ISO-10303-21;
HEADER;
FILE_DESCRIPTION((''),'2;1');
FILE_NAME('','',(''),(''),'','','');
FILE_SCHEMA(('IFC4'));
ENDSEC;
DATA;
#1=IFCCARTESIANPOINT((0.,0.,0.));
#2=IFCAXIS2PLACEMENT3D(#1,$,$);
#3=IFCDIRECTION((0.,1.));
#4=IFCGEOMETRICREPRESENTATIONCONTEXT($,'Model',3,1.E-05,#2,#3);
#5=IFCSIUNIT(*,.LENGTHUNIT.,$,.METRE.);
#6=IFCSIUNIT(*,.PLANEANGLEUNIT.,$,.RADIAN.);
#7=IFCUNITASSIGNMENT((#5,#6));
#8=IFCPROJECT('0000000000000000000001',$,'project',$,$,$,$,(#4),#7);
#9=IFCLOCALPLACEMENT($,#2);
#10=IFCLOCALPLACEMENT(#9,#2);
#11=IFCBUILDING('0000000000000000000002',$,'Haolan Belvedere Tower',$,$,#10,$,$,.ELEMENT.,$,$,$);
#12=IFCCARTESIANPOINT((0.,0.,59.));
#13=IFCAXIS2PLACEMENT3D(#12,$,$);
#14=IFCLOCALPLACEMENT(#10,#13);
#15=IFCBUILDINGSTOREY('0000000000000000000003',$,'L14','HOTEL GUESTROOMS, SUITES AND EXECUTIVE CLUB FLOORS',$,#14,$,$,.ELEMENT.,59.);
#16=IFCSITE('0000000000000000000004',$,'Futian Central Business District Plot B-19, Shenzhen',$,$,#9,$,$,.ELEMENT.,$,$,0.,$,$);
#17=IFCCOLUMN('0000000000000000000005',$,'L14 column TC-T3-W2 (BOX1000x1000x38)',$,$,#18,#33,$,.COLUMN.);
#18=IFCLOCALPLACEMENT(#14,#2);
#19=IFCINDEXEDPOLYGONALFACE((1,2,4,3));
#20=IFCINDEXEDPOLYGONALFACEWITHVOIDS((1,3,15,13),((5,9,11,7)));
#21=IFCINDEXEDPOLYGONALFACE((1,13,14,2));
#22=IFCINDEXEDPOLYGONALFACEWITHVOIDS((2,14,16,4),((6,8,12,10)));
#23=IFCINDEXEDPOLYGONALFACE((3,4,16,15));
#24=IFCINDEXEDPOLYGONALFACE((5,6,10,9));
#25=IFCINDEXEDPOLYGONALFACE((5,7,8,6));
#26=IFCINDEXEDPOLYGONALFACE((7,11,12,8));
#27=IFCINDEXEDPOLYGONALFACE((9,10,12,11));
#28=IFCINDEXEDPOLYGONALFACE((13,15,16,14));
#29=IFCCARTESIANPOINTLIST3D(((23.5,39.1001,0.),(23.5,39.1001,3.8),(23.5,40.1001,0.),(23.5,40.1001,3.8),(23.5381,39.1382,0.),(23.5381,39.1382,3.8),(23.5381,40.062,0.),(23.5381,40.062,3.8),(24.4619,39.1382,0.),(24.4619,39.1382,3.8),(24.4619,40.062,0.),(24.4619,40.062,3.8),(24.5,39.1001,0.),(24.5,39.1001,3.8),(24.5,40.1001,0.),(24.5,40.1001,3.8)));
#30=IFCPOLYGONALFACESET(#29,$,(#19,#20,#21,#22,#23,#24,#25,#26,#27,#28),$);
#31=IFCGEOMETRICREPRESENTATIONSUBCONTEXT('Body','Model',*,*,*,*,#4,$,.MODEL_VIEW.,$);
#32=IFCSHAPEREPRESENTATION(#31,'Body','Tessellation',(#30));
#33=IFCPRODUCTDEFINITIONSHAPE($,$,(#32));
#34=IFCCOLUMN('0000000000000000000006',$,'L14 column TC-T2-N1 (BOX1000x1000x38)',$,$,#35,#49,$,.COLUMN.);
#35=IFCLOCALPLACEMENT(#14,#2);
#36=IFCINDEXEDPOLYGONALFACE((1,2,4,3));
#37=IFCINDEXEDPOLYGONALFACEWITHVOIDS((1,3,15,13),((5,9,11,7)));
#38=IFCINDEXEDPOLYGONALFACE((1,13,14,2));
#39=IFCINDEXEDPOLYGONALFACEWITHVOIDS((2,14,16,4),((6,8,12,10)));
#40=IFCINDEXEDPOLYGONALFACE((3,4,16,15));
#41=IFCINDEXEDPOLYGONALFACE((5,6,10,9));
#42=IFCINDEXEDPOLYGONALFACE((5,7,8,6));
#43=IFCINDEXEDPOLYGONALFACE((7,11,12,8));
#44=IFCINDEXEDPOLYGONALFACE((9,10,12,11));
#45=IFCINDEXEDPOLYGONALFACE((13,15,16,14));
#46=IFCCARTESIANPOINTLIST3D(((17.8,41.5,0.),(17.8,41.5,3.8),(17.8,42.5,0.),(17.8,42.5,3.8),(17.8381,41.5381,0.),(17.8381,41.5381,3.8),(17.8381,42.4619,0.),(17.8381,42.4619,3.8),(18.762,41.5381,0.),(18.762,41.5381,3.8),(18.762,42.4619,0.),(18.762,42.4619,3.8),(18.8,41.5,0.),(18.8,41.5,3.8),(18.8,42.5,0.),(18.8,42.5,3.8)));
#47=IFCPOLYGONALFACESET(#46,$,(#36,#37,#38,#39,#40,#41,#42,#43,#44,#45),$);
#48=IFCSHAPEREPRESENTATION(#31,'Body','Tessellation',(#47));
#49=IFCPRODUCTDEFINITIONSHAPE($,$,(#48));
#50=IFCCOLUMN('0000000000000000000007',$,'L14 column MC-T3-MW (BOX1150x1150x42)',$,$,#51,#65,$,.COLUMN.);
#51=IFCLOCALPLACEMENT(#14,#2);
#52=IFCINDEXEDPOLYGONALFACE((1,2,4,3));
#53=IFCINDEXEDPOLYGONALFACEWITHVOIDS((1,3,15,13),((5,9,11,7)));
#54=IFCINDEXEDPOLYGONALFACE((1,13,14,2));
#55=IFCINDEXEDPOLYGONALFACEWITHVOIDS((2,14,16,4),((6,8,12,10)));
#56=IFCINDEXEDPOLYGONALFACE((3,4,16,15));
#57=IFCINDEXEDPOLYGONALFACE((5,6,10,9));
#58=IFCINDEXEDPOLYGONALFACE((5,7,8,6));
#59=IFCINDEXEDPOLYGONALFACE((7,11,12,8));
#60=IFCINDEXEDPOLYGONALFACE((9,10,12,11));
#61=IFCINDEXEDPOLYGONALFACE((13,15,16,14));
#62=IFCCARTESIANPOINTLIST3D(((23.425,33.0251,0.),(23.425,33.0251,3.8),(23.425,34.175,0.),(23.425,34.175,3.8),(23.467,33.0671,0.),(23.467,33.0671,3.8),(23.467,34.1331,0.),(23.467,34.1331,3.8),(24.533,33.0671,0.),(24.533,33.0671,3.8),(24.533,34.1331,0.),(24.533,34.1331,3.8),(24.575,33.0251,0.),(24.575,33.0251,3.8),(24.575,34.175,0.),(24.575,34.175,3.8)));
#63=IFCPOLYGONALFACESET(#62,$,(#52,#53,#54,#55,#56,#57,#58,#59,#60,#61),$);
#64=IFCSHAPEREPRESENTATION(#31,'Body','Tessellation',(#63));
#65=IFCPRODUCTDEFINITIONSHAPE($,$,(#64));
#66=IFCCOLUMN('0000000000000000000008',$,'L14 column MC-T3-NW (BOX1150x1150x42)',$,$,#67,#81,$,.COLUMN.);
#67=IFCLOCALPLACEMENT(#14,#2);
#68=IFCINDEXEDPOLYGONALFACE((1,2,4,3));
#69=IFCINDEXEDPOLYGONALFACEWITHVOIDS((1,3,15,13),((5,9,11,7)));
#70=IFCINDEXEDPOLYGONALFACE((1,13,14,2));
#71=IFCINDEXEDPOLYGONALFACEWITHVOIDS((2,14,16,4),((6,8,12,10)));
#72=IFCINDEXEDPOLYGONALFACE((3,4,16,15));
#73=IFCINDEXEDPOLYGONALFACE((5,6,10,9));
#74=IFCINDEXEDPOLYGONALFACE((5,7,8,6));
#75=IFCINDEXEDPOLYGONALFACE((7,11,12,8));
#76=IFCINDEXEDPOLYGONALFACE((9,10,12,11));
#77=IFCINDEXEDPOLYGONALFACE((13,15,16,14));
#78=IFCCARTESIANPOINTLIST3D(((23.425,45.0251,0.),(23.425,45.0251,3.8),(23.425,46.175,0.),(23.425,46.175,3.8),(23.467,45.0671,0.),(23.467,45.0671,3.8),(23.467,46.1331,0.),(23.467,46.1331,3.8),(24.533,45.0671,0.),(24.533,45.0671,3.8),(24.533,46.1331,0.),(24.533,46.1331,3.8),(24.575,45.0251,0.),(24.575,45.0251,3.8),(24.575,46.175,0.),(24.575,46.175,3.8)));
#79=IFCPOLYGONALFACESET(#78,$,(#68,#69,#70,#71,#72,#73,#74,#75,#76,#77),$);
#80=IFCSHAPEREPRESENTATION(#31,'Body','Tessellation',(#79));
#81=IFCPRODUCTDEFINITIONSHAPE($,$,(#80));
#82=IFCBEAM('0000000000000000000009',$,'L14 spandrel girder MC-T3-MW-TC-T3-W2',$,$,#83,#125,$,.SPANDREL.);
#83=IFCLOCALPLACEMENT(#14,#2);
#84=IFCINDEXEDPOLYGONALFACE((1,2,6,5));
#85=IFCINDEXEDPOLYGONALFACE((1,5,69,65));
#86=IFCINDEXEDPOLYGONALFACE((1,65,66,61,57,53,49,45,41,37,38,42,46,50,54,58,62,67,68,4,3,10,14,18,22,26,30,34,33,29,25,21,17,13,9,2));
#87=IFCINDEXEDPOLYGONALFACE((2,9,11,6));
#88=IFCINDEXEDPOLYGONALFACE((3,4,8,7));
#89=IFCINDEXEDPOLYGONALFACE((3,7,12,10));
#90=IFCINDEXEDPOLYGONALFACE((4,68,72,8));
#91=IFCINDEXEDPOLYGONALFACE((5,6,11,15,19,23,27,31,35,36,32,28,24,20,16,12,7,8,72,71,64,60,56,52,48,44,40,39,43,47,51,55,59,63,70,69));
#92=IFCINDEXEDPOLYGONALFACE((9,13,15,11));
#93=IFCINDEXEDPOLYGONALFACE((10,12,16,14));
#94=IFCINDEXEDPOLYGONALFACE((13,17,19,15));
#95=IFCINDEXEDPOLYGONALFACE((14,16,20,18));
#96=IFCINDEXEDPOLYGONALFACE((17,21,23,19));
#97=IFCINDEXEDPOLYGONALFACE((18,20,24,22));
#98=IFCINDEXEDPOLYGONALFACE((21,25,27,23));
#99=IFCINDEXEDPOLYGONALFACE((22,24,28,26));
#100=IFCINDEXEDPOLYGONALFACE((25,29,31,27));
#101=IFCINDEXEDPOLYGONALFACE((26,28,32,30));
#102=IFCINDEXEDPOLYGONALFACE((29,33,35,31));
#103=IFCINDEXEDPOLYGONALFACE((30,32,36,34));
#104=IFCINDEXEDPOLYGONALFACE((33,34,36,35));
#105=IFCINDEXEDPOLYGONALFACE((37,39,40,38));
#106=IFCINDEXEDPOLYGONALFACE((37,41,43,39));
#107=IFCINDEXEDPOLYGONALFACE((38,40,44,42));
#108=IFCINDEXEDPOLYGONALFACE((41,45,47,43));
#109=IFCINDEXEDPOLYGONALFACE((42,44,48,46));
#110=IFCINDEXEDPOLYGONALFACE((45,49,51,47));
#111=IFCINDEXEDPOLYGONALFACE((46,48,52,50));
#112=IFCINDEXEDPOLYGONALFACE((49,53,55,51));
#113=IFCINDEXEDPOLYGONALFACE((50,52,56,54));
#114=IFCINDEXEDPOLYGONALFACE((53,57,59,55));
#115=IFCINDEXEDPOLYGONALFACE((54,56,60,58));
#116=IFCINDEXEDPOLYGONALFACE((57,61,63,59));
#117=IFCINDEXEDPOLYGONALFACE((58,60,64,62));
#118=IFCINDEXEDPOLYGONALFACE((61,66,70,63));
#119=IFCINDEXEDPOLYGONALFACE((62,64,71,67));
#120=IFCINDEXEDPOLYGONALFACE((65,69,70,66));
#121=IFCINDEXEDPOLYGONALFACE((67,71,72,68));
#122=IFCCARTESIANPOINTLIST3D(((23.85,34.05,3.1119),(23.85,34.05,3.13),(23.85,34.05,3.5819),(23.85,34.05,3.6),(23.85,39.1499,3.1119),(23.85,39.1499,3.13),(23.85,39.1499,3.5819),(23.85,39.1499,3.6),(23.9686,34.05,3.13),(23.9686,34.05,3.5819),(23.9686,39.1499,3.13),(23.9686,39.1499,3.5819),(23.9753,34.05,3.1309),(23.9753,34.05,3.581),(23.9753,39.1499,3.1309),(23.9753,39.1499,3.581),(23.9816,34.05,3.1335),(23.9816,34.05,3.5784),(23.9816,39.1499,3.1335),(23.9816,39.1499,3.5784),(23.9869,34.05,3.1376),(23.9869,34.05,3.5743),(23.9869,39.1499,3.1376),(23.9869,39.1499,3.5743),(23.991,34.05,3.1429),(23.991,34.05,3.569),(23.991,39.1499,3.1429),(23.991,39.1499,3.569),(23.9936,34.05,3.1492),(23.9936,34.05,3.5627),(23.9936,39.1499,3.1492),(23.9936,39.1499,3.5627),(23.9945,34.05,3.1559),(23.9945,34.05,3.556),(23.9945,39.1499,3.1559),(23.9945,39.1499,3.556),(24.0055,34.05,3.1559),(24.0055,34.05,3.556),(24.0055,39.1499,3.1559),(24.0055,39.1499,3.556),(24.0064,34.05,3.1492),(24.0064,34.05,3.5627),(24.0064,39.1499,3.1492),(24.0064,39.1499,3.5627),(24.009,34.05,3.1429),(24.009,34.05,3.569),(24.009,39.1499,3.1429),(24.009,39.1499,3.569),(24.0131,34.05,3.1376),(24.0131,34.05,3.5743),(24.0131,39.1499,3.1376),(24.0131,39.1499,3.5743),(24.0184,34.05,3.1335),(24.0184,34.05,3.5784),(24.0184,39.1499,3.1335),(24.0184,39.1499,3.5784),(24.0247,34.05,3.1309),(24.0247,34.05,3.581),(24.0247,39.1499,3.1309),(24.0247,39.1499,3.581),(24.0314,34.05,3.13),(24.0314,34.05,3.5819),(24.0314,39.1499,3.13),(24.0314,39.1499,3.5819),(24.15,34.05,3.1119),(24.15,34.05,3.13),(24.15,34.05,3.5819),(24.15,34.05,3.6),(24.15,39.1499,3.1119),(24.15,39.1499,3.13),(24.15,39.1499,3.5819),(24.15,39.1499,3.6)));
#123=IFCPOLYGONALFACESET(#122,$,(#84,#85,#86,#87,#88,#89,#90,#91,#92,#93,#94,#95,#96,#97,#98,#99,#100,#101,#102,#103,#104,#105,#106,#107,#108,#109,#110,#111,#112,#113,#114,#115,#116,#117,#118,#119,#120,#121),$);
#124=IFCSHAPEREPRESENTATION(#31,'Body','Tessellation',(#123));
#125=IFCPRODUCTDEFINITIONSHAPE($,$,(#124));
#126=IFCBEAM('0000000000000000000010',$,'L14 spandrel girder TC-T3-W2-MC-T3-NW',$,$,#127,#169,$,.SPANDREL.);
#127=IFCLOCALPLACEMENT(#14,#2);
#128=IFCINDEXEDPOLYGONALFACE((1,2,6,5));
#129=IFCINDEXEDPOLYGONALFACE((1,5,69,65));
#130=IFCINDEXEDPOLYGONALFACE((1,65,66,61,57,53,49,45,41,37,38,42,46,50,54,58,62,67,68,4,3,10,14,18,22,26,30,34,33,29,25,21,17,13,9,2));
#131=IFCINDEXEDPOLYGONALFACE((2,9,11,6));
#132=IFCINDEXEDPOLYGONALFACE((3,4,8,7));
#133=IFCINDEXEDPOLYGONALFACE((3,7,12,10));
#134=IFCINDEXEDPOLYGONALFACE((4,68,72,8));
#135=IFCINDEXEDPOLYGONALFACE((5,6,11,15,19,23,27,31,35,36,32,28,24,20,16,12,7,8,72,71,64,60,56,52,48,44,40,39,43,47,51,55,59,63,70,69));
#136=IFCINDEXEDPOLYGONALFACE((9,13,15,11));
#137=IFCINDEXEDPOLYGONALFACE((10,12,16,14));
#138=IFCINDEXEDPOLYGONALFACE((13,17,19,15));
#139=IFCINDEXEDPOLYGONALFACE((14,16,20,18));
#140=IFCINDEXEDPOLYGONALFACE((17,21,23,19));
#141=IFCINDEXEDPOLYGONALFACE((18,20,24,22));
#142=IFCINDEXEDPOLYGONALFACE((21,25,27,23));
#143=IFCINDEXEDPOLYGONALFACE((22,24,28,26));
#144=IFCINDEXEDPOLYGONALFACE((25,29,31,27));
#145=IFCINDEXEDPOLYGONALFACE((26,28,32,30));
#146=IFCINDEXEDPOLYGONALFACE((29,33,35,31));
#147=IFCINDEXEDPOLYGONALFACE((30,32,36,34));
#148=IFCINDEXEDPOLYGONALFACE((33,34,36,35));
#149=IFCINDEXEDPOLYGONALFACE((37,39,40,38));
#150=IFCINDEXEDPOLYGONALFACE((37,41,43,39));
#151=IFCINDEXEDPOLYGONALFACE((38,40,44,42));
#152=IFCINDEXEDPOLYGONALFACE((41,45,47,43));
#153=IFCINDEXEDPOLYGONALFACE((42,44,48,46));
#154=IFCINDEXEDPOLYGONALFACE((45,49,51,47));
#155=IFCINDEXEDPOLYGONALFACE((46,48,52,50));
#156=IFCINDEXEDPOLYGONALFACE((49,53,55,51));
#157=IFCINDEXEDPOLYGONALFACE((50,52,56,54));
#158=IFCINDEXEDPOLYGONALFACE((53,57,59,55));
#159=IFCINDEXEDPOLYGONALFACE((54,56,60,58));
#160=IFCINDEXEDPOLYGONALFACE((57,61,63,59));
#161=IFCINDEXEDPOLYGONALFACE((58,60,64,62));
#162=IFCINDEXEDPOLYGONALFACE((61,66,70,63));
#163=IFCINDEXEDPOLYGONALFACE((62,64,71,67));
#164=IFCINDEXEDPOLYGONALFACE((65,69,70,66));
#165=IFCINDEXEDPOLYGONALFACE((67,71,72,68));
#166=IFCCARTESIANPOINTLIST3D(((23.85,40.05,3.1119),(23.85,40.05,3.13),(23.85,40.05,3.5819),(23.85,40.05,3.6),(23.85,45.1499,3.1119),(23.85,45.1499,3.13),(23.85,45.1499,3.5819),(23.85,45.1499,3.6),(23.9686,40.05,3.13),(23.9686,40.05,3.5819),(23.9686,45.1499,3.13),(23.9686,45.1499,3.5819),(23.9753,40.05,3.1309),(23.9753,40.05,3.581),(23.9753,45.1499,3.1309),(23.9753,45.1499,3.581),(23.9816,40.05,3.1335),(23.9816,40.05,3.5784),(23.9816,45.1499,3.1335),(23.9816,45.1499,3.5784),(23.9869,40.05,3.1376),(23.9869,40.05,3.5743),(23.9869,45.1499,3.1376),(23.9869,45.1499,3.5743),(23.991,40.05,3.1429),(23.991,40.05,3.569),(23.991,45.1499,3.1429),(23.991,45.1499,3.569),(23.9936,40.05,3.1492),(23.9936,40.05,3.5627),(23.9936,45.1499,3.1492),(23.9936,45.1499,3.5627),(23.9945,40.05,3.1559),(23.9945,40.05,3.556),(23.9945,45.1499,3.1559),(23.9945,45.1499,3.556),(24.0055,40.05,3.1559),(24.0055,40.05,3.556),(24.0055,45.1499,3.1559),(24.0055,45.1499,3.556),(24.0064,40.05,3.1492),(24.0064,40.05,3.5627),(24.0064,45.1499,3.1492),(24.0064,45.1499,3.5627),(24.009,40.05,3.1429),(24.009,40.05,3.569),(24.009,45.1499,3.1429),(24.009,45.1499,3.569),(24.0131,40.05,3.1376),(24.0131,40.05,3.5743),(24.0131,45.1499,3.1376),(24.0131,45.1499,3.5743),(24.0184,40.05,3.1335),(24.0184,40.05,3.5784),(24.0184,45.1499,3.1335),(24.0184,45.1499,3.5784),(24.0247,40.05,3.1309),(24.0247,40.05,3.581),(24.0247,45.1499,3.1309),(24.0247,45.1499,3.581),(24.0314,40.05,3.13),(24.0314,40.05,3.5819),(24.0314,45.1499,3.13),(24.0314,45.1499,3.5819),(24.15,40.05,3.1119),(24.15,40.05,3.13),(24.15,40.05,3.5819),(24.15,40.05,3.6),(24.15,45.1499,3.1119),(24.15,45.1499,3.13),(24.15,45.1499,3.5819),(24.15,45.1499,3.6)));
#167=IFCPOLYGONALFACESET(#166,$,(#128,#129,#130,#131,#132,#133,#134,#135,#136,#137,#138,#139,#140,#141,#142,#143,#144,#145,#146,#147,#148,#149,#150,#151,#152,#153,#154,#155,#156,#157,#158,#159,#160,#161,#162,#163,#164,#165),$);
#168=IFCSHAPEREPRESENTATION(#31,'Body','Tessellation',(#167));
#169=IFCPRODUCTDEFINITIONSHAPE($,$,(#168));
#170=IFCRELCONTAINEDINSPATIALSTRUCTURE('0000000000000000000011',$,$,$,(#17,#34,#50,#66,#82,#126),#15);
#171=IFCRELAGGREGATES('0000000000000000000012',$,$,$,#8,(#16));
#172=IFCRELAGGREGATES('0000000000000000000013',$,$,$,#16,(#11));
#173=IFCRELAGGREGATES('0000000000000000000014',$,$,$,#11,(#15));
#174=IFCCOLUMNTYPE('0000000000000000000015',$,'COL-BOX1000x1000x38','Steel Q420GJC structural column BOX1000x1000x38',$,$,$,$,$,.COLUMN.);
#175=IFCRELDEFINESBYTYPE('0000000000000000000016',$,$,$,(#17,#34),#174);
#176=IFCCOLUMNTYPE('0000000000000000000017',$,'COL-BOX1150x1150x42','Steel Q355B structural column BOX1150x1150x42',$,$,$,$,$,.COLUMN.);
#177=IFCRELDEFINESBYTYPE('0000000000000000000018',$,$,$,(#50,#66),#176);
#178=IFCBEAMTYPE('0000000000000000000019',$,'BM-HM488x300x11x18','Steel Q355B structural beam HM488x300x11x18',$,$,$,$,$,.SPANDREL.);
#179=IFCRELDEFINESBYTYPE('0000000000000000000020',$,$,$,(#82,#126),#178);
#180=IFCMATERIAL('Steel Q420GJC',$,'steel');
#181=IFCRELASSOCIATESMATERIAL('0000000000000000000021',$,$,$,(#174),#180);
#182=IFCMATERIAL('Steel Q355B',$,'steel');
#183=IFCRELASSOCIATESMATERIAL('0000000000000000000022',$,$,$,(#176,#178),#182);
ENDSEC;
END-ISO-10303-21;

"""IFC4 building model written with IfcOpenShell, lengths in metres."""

from ifc_helpers import new_model, si_unit, direction, frame, origin, origin_2d, place, context, subcontext, project, spatial, hollow_rectangle, i_section, extrude, material, material_profile, profile_set, type_object, element, save


model = new_model("IFC4")

# Units and contexts
model_context = context("Model", 3, precision=1e-05, world=origin(), true_north=direction((0.0, 1.0)))
body_context = subcontext(model_context, "Body", "Model", "MODEL_VIEW")
ifc_project = project(units=[si_unit("LENGTHUNIT", "METRE"), si_unit("PLANEANGLEUNIT", "RADIAN")], contexts=[model_context])

# Site, building, storey
site_placement = place(None, origin())
site = spatial("IfcSite", under=ifc_project, at=site_placement, Name="Futian Central Business District Plot B-19, Shenzhen", CompositionType="ELEMENT", RefElevation=0.0)
building_placement = place(site_placement, origin())
building = spatial("IfcBuilding", under=site, at=building_placement, Name="Haolan Belvedere Tower", CompositionType="ELEMENT")
storey_placement = place(building_placement, frame((0.0, 0.0, 59.0)))
storey = spatial("IfcBuildingStorey", under=building, at=storey_placement, Name="L14", Description="HOTEL GUESTROOMS, SUITES AND EXECUTIVE CLUB FLOORS", CompositionType="ELEMENT", Elevation=59.0)

# Columns
ifc_material_1 = material(Name="Steel Q420GJC", Category="steel")
ifc_material_profile_1 = material_profile(ifc_material_1, hollow_rectangle(XDim=1.0, YDim=1.0, WallThickness=0.0381, at=origin_2d()), Name="Steel Q420GJC")
ifc_profile_set_1 = profile_set([ifc_material_profile_1], Name="Steel Q420GJC")
column_type_1 = type_object("IfcColumnType", Name="COL-BOX1000x1000x38", Description="Steel Q420GJC structural column BOX1000x1000x38", PredefinedType="COLUMN", material=ifc_profile_set_1)
for number, where, z_axis, x_axis, name in (
    (1, (24.0, 39.6001, 0.0), (0.0, 0.0, 1.0), (1.0, 0.0, 0.0), "L14 column TC-T3-W2 (BOX1000x1000x38)"),
    (2, (18.3, 42.0, 0.0), (0.0, 0.0, 1.0), (1.0, 0.0, 0.0), "L14 column TC-T2-N1 (BOX1000x1000x38)"),
):
    element("IfcColumn", number, at=place(storey_placement, frame(where, z_axis=z_axis, x_axis=x_axis)), inside=storey, type_object=column_type_1, Name=name, PredefinedType="COLUMN", context=body_context, shape_type="SweptSolid", body=[
        extrude(hollow_rectangle(XDim=1.0, YDim=1.0, WallThickness=0.0381, at=origin_2d()), origin(), (0.0, 0.0, 1.0), 3.8),
    ])
ifc_material_2 = material(Name="Steel Q355B", Category="steel")
ifc_material_profile_2 = material_profile(ifc_material_2, hollow_rectangle(XDim=1.1499, YDim=1.1499, WallThickness=0.042, at=origin_2d()), Name="Steel Q355B")
ifc_profile_set_2 = profile_set([ifc_material_profile_2], Name="Steel Q355B")
column_type_2 = type_object("IfcColumnType", Name="COL-BOX1150x1150x42", Description="Steel Q355B structural column BOX1150x1150x42", PredefinedType="COLUMN", material=ifc_profile_set_2)
for number, where, z_axis, x_axis, name in (
    (3, (24.0, 33.6001, 0.0), (0.0, 0.0, 1.0), (1.0, 0.0, 0.0), "L14 column MC-T3-MW (BOX1150x1150x42)"),
    (4, (24.0, 45.6001, 0.0), (0.0, 0.0, 1.0), (1.0, 0.0, 0.0), "L14 column MC-T3-NW (BOX1150x1150x42)"),
):
    element("IfcColumn", number, at=place(storey_placement, frame(where, z_axis=z_axis, x_axis=x_axis)), inside=storey, type_object=column_type_2, Name=name, PredefinedType="COLUMN", context=body_context, shape_type="SweptSolid", body=[
        extrude(hollow_rectangle(XDim=1.1499, YDim=1.1499, WallThickness=0.042, at=origin_2d()), origin(), (0.0, 0.0, 1.0), 3.8),
    ])

# Beams
ifc_material_profile_3 = material_profile(ifc_material_2, i_section(OverallWidth=0.3, OverallDepth=0.488, WebThickness=0.011, FlangeThickness=0.0181, FilletRadius=0.0259, at=origin_2d()), Name="Steel Q355B")
ifc_profile_set_3 = profile_set([ifc_material_profile_3], Name="Steel Q355B")
beam_type_1 = type_object("IfcBeamType", Name="BM-HM488x300x11x18", Description="Steel Q355B structural beam HM488x300x11x18", PredefinedType="SPANDREL", material=ifc_profile_set_3)
for number, where, z_axis, x_axis, name in (
    (5, (24.0, 34.05, 3.356), (0.0, 1.0, 0.0), (-1.0, 0.0, 0.0), "L14 spandrel girder MC-T3-MW-TC-T3-W2"),
    (6, (24.0, 40.05, 3.356), (0.0, 1.0, 0.0), (-1.0, 0.0, 0.0), "L14 spandrel girder TC-T3-W2-MC-T3-NW"),
):
    element("IfcBeam", number, at=place(storey_placement, frame(where, z_axis=z_axis, x_axis=x_axis)), inside=storey, type_object=beam_type_1, Name=name, PredefinedType="SPANDREL", context=body_context, shape_type="SweptSolid", body=[
        extrude(i_section(OverallWidth=0.3, OverallDepth=0.488, WebThickness=0.011, FlangeThickness=0.0181, FilletRadius=0.0259, at=origin_2d()), origin(), (0.0, 0.0, 1.0), 5.0999),
    ])

save(model, "model.ifc")
